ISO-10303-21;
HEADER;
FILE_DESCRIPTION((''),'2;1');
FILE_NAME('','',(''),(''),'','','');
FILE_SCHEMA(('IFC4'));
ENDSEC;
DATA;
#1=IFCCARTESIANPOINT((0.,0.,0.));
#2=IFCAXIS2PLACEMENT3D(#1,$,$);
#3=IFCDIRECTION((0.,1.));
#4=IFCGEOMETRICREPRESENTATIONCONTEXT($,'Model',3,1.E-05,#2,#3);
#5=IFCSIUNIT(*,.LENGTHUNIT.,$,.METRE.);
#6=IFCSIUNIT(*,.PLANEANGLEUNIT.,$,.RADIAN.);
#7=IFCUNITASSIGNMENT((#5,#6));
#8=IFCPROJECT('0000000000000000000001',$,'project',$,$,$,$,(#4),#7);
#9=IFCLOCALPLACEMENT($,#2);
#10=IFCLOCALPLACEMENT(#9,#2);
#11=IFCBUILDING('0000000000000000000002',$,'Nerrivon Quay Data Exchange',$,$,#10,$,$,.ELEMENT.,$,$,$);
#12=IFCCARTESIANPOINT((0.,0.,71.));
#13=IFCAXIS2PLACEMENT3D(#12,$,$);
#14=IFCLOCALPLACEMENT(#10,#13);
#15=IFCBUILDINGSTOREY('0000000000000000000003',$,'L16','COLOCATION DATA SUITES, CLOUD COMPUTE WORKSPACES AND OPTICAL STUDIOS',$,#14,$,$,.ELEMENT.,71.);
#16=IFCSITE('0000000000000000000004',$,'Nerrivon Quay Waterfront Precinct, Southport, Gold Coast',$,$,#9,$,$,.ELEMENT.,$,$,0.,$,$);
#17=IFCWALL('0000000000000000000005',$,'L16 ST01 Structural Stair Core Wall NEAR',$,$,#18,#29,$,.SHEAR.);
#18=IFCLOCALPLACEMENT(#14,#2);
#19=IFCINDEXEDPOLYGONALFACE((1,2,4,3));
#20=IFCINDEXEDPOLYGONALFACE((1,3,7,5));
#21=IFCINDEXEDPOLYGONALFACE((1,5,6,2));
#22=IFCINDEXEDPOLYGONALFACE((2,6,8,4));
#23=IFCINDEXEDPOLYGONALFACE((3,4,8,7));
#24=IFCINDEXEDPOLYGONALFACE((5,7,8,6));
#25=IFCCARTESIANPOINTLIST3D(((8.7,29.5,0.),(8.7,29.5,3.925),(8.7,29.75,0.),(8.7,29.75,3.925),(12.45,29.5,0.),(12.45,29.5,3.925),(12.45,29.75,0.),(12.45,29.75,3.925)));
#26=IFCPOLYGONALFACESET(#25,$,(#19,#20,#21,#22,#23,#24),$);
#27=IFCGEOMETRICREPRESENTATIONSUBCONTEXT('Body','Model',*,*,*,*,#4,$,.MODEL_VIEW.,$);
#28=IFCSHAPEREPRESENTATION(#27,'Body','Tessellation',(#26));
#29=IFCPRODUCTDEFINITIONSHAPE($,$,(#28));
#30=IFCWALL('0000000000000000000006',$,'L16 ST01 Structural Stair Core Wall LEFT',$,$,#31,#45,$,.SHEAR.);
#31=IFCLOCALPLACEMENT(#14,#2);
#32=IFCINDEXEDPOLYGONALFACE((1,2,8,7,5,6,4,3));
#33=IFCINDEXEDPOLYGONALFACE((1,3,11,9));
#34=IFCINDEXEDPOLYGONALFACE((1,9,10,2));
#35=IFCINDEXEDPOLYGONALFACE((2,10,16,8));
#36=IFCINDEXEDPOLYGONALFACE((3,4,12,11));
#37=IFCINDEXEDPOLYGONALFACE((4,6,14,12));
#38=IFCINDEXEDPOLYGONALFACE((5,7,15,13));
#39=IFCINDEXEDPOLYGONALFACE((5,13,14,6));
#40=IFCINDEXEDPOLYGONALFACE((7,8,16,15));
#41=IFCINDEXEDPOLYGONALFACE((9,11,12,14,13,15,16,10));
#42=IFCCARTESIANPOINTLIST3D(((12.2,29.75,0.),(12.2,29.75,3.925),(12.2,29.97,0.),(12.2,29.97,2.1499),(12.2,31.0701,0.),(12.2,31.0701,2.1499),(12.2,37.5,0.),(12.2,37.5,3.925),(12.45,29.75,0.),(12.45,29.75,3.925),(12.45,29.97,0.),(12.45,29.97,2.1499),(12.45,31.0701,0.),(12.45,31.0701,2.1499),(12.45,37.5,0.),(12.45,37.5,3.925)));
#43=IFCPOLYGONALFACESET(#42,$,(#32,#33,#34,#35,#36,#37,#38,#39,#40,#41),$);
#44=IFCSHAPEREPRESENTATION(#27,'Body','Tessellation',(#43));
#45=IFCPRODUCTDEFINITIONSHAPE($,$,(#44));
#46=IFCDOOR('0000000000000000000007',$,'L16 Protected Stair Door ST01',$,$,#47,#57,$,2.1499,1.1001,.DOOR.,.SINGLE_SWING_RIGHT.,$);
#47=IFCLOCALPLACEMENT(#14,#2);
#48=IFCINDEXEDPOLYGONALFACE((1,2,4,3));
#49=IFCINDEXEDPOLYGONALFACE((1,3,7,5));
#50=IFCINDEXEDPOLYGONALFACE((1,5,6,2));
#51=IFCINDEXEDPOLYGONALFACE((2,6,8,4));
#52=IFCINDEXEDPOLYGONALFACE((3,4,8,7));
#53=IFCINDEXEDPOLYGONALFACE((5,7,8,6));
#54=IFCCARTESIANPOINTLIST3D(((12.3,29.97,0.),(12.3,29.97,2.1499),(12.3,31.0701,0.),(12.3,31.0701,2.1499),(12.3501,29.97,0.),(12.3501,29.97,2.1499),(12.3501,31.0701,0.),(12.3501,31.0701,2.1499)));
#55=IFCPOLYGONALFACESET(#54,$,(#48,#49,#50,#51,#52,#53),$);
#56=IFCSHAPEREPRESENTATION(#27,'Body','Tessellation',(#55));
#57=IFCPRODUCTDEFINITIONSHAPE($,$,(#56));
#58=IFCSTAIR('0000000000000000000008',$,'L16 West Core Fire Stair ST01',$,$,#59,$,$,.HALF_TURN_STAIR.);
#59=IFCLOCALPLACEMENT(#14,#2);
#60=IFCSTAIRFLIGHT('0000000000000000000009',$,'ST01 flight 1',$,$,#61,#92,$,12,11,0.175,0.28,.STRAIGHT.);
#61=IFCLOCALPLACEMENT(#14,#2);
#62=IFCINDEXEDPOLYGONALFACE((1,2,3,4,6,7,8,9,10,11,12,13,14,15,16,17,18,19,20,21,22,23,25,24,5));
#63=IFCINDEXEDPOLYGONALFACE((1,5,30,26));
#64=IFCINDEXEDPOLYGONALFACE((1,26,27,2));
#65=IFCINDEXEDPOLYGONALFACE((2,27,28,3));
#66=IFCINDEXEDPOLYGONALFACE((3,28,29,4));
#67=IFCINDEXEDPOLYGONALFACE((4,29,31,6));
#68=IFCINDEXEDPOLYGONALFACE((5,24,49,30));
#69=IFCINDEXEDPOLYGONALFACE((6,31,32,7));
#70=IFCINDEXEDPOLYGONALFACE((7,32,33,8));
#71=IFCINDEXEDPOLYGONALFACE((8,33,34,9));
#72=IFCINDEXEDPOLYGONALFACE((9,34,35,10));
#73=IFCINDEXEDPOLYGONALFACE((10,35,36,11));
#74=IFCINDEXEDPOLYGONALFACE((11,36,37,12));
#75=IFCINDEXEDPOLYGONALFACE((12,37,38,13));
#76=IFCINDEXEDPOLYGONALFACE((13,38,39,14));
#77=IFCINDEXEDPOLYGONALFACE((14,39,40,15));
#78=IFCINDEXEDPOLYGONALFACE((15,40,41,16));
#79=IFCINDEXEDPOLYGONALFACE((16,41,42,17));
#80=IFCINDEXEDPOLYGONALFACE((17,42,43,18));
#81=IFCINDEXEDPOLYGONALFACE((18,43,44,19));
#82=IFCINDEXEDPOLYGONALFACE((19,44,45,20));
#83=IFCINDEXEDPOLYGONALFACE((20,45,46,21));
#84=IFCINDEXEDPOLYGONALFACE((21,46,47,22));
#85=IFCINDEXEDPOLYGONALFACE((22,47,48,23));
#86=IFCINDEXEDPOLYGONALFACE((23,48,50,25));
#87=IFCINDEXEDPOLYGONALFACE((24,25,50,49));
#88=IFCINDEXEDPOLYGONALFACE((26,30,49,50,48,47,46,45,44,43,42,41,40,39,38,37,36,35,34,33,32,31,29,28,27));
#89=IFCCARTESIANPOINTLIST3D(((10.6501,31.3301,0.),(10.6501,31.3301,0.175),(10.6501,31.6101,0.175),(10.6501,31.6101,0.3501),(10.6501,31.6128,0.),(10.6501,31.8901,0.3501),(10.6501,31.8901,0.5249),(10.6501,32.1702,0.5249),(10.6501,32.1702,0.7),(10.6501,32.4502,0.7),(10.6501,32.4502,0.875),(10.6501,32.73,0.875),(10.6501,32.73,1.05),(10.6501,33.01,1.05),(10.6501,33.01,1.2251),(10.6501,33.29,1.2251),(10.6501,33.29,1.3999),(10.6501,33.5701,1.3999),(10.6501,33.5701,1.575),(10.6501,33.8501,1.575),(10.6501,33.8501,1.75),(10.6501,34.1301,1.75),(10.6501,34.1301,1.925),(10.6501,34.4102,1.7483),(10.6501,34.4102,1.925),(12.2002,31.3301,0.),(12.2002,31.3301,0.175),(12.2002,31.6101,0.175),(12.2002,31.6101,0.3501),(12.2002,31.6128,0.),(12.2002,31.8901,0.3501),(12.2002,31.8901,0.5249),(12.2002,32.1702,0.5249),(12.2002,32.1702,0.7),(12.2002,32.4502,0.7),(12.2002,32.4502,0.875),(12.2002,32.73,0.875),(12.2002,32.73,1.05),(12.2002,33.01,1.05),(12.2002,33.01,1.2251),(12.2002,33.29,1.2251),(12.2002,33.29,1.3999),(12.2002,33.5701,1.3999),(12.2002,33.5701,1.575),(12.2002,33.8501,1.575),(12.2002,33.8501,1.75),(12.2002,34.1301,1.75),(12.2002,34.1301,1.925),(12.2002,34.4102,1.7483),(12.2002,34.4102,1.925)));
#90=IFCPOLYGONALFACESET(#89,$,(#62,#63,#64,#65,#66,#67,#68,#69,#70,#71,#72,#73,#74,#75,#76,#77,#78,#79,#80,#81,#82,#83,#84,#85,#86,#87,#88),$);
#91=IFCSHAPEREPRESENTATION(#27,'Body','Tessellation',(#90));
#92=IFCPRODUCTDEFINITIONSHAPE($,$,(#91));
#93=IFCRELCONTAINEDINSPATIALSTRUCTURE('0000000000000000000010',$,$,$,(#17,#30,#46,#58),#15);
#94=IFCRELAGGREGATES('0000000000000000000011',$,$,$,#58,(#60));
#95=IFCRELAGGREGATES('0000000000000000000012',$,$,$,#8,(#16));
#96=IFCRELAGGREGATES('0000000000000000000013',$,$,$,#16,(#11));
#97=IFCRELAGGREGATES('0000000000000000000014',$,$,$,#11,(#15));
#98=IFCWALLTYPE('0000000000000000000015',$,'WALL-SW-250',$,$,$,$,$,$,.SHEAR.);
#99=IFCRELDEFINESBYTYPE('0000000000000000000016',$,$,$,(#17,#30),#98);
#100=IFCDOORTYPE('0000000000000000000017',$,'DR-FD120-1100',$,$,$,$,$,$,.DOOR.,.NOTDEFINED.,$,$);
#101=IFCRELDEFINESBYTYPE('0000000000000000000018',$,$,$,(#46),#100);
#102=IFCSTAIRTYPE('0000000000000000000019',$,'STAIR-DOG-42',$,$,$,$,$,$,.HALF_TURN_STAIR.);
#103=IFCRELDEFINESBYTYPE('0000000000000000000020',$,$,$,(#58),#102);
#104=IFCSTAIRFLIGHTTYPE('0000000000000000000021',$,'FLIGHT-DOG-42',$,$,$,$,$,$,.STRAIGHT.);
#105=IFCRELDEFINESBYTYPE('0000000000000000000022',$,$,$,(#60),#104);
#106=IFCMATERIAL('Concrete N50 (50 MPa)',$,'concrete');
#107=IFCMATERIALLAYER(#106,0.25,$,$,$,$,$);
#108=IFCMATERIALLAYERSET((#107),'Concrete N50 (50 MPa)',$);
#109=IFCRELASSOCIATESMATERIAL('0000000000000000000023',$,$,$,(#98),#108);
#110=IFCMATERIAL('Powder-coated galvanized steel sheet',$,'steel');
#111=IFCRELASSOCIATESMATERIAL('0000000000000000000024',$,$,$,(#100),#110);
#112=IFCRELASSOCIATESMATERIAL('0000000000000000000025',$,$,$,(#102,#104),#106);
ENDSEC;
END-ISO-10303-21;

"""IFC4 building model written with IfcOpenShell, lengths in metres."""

from ifc_helpers import new_model, si_unit, direction, frame, frame_2d, origin, place, context, subcontext, project, spatial, polyline, rectangle, outline, extrude, material, layer, layer_set, type_object, element, fill, aggregate, save


model = new_model("IFC4")

# Units and contexts
model_context = context("Model", 3, precision=1e-05, world=origin(), true_north=direction((0.0, 1.0)))
body_context = subcontext(model_context, "Body", "Model", "MODEL_VIEW")
ifc_project = project(units=[si_unit("LENGTHUNIT", "METRE"), si_unit("PLANEANGLEUNIT", "RADIAN")], contexts=[model_context])

# Site, building, storey
site_placement = place(None, origin())
site = spatial("IfcSite", under=ifc_project, at=site_placement, Name="Nerrivon Quay Waterfront Precinct, Southport, Gold Coast", CompositionType="ELEMENT", RefElevation=0.0)
building_placement = place(site_placement, origin())
building = spatial("IfcBuilding", under=site, at=building_placement, Name="Nerrivon Quay Data Exchange", CompositionType="ELEMENT")
storey_placement = place(building_placement, frame((0.0, 0.0, 71.0)))
storey = spatial("IfcBuildingStorey", under=building, at=storey_placement, Name="L16", Description="COLOCATION DATA SUITES, CLOUD COMPUTE WORKSPACES AND OPTICAL STUDIOS", CompositionType="ELEMENT", Elevation=71.0)

# Shared definitions
ifc_material_1 = material(Name="Powder-coated galvanized steel sheet", Category="steel")

# Wall
ifc_material_2 = material(Name="Concrete N50 (50 MPa)", Category="concrete")
ifc_layer_1 = layer(ifc_material_2, 0.25)
ifc_layer_set_1 = layer_set([ifc_layer_1], Name="Concrete N50 (50 MPa)")
wall_type_1 = type_object("IfcWallType", Name="WALL-SW-250", PredefinedType="SHEAR", material=ifc_layer_set_1)
wall_1_placement = place(storey_placement, frame((12.45, 29.625, 0.0), z_axis=(0.0, 0.0, 1.0), x_axis=(-1.0, 0.0, 0.0)))
element("IfcWall", 1, at=wall_1_placement, inside=storey, type_object=wall_type_1, Name="L16 ST01 Structural Stair Core Wall NEAR", PredefinedType="SHEAR", context=body_context, shape_type="SweptSolid", body=[
    extrude(rectangle(XDim=3.75, YDim=0.25, at=frame_2d((1.875, 0.0))), origin(), (0.0, 0.0, 1.0), 3.925),
])

# Wall, opening, door
wall_2_placement = place(storey_placement, frame((12.325, 29.75, 0.0), z_axis=(0.0, 0.0, 1.0), x_axis=(0.0, 1.0, 0.0)))
wall_2 = element("IfcWall", 2, at=wall_2_placement, inside=storey, type_object=wall_type_1, Name="L16 ST01 Structural Stair Core Wall LEFT", PredefinedType="SHEAR", context=body_context, shape_type="SweptSolid", body=[
    extrude(rectangle(XDim=7.75, YDim=0.25, at=frame_2d((3.875, 0.0))), origin(), (0.0, 0.0, 1.0), 3.925),
])
opening_1_placement = place(wall_2_placement, frame((0.22, 0.0, 0.0)))
opening_1 = element("IfcOpeningElement", 3, at=opening_1_placement, cuts=wall_2, PredefinedType="OPENING", context=body_context, shape_type="SweptSolid", body=[
    extrude(rectangle(XDim=1.1001, YDim=2.1499, at=frame_2d((0.55, 1.075))), frame((0.0, 0.135, 0.0), z_axis=(0.0, -1.0, 0.0), x_axis=(1.0, 0.0, 0.0)), (0.0, 0.0, 1.0), 0.27),
])
door_type_1 = type_object("IfcDoorType", Name="DR-FD120-1100", OperationType="NOTDEFINED", PredefinedType="DOOR", material=ifc_material_1)
door_1_placement = place(opening_1_placement, origin())
door_1 = element("IfcDoor", 4, at=door_1_placement, inside=storey, type_object=door_type_1, Name="L16 Protected Stair Door ST01", OperationType="SINGLE_SWING_RIGHT", OverallHeight=2.1499, OverallWidth=1.1001, PredefinedType="DOOR", context=body_context, shape_type="SweptSolid", body=[
    extrude(rectangle(XDim=1.1001, YDim=2.1499, at=frame_2d((0.55, 1.075))), frame((0.0, 0.0249, 0.0), z_axis=(0.0, -1.0, 0.0), x_axis=(1.0, 0.0, 0.0)), (0.0, 0.0, 1.0), 0.05),
])
fill(opening_1, door_1)

# Stair, stair flight
stair_type = type_object("IfcStairType", Name="STAIR-DOG-42", PredefinedType="HALF_TURN_STAIR", material=ifc_material_2)
stair_placement = place(storey_placement, origin())
stair = element("IfcStair", 5, at=stair_placement, inside=storey, type_object=stair_type, Name="L16 West Core Fire Stair ST01", PredefinedType="HALF_TURN_STAIR")
stair_flight_type = type_object("IfcStairFlightType", Name="FLIGHT-DOG-42", PredefinedType="STRAIGHT", material=ifc_material_2)
stair_flight_placement = place(storey_placement, frame((11.425, 31.3301, 0.0), z_axis=(0.0, 0.0, 1.0), x_axis=(0.0, 1.0, 0.0)))
stair_flight = element("IfcStairFlight", 6, at=stair_flight_placement, type_object=stair_flight_type, Name="ST01 flight 1", NumberOfRisers=12, NumberOfTreads=11, PredefinedType="STRAIGHT", RiserHeight=0.175, TreadLength=0.28, context=body_context, shape_type="SweptSolid", body=[
    extrude(outline(polyline([(0.0, 0.0), (0.0, 0.175), (0.28, 0.175), (0.28, 0.3501), (0.5601, 0.3501), (0.5601, 0.5249), (0.8401, 0.5249), (0.8401, 0.7), (1.1201, 0.7), (1.1201, 0.875), (1.3999, 0.875), (1.3999, 1.05), (1.6799, 1.05), (1.6799, 1.2251), (1.96, 1.2251), (1.96, 1.3999), (2.24, 1.3999), (2.24, 1.575), (2.52, 1.575), (2.52, 1.75), (2.8, 1.75), (2.8, 1.925), (3.0801, 1.925), (3.0801, 2.1001), (3.0801, 1.7483), (0.2827, 0.0), (0.0, 0.0)])), frame((0.0, 0.7749, 0.0), z_axis=(0.0, -1.0, 0.0), x_axis=(1.0, 0.0, 0.0)), (0.0, 0.0, 1.0), 1.55),
])
aggregate(stair, [stair_flight])

save(model, "model.ifc")
